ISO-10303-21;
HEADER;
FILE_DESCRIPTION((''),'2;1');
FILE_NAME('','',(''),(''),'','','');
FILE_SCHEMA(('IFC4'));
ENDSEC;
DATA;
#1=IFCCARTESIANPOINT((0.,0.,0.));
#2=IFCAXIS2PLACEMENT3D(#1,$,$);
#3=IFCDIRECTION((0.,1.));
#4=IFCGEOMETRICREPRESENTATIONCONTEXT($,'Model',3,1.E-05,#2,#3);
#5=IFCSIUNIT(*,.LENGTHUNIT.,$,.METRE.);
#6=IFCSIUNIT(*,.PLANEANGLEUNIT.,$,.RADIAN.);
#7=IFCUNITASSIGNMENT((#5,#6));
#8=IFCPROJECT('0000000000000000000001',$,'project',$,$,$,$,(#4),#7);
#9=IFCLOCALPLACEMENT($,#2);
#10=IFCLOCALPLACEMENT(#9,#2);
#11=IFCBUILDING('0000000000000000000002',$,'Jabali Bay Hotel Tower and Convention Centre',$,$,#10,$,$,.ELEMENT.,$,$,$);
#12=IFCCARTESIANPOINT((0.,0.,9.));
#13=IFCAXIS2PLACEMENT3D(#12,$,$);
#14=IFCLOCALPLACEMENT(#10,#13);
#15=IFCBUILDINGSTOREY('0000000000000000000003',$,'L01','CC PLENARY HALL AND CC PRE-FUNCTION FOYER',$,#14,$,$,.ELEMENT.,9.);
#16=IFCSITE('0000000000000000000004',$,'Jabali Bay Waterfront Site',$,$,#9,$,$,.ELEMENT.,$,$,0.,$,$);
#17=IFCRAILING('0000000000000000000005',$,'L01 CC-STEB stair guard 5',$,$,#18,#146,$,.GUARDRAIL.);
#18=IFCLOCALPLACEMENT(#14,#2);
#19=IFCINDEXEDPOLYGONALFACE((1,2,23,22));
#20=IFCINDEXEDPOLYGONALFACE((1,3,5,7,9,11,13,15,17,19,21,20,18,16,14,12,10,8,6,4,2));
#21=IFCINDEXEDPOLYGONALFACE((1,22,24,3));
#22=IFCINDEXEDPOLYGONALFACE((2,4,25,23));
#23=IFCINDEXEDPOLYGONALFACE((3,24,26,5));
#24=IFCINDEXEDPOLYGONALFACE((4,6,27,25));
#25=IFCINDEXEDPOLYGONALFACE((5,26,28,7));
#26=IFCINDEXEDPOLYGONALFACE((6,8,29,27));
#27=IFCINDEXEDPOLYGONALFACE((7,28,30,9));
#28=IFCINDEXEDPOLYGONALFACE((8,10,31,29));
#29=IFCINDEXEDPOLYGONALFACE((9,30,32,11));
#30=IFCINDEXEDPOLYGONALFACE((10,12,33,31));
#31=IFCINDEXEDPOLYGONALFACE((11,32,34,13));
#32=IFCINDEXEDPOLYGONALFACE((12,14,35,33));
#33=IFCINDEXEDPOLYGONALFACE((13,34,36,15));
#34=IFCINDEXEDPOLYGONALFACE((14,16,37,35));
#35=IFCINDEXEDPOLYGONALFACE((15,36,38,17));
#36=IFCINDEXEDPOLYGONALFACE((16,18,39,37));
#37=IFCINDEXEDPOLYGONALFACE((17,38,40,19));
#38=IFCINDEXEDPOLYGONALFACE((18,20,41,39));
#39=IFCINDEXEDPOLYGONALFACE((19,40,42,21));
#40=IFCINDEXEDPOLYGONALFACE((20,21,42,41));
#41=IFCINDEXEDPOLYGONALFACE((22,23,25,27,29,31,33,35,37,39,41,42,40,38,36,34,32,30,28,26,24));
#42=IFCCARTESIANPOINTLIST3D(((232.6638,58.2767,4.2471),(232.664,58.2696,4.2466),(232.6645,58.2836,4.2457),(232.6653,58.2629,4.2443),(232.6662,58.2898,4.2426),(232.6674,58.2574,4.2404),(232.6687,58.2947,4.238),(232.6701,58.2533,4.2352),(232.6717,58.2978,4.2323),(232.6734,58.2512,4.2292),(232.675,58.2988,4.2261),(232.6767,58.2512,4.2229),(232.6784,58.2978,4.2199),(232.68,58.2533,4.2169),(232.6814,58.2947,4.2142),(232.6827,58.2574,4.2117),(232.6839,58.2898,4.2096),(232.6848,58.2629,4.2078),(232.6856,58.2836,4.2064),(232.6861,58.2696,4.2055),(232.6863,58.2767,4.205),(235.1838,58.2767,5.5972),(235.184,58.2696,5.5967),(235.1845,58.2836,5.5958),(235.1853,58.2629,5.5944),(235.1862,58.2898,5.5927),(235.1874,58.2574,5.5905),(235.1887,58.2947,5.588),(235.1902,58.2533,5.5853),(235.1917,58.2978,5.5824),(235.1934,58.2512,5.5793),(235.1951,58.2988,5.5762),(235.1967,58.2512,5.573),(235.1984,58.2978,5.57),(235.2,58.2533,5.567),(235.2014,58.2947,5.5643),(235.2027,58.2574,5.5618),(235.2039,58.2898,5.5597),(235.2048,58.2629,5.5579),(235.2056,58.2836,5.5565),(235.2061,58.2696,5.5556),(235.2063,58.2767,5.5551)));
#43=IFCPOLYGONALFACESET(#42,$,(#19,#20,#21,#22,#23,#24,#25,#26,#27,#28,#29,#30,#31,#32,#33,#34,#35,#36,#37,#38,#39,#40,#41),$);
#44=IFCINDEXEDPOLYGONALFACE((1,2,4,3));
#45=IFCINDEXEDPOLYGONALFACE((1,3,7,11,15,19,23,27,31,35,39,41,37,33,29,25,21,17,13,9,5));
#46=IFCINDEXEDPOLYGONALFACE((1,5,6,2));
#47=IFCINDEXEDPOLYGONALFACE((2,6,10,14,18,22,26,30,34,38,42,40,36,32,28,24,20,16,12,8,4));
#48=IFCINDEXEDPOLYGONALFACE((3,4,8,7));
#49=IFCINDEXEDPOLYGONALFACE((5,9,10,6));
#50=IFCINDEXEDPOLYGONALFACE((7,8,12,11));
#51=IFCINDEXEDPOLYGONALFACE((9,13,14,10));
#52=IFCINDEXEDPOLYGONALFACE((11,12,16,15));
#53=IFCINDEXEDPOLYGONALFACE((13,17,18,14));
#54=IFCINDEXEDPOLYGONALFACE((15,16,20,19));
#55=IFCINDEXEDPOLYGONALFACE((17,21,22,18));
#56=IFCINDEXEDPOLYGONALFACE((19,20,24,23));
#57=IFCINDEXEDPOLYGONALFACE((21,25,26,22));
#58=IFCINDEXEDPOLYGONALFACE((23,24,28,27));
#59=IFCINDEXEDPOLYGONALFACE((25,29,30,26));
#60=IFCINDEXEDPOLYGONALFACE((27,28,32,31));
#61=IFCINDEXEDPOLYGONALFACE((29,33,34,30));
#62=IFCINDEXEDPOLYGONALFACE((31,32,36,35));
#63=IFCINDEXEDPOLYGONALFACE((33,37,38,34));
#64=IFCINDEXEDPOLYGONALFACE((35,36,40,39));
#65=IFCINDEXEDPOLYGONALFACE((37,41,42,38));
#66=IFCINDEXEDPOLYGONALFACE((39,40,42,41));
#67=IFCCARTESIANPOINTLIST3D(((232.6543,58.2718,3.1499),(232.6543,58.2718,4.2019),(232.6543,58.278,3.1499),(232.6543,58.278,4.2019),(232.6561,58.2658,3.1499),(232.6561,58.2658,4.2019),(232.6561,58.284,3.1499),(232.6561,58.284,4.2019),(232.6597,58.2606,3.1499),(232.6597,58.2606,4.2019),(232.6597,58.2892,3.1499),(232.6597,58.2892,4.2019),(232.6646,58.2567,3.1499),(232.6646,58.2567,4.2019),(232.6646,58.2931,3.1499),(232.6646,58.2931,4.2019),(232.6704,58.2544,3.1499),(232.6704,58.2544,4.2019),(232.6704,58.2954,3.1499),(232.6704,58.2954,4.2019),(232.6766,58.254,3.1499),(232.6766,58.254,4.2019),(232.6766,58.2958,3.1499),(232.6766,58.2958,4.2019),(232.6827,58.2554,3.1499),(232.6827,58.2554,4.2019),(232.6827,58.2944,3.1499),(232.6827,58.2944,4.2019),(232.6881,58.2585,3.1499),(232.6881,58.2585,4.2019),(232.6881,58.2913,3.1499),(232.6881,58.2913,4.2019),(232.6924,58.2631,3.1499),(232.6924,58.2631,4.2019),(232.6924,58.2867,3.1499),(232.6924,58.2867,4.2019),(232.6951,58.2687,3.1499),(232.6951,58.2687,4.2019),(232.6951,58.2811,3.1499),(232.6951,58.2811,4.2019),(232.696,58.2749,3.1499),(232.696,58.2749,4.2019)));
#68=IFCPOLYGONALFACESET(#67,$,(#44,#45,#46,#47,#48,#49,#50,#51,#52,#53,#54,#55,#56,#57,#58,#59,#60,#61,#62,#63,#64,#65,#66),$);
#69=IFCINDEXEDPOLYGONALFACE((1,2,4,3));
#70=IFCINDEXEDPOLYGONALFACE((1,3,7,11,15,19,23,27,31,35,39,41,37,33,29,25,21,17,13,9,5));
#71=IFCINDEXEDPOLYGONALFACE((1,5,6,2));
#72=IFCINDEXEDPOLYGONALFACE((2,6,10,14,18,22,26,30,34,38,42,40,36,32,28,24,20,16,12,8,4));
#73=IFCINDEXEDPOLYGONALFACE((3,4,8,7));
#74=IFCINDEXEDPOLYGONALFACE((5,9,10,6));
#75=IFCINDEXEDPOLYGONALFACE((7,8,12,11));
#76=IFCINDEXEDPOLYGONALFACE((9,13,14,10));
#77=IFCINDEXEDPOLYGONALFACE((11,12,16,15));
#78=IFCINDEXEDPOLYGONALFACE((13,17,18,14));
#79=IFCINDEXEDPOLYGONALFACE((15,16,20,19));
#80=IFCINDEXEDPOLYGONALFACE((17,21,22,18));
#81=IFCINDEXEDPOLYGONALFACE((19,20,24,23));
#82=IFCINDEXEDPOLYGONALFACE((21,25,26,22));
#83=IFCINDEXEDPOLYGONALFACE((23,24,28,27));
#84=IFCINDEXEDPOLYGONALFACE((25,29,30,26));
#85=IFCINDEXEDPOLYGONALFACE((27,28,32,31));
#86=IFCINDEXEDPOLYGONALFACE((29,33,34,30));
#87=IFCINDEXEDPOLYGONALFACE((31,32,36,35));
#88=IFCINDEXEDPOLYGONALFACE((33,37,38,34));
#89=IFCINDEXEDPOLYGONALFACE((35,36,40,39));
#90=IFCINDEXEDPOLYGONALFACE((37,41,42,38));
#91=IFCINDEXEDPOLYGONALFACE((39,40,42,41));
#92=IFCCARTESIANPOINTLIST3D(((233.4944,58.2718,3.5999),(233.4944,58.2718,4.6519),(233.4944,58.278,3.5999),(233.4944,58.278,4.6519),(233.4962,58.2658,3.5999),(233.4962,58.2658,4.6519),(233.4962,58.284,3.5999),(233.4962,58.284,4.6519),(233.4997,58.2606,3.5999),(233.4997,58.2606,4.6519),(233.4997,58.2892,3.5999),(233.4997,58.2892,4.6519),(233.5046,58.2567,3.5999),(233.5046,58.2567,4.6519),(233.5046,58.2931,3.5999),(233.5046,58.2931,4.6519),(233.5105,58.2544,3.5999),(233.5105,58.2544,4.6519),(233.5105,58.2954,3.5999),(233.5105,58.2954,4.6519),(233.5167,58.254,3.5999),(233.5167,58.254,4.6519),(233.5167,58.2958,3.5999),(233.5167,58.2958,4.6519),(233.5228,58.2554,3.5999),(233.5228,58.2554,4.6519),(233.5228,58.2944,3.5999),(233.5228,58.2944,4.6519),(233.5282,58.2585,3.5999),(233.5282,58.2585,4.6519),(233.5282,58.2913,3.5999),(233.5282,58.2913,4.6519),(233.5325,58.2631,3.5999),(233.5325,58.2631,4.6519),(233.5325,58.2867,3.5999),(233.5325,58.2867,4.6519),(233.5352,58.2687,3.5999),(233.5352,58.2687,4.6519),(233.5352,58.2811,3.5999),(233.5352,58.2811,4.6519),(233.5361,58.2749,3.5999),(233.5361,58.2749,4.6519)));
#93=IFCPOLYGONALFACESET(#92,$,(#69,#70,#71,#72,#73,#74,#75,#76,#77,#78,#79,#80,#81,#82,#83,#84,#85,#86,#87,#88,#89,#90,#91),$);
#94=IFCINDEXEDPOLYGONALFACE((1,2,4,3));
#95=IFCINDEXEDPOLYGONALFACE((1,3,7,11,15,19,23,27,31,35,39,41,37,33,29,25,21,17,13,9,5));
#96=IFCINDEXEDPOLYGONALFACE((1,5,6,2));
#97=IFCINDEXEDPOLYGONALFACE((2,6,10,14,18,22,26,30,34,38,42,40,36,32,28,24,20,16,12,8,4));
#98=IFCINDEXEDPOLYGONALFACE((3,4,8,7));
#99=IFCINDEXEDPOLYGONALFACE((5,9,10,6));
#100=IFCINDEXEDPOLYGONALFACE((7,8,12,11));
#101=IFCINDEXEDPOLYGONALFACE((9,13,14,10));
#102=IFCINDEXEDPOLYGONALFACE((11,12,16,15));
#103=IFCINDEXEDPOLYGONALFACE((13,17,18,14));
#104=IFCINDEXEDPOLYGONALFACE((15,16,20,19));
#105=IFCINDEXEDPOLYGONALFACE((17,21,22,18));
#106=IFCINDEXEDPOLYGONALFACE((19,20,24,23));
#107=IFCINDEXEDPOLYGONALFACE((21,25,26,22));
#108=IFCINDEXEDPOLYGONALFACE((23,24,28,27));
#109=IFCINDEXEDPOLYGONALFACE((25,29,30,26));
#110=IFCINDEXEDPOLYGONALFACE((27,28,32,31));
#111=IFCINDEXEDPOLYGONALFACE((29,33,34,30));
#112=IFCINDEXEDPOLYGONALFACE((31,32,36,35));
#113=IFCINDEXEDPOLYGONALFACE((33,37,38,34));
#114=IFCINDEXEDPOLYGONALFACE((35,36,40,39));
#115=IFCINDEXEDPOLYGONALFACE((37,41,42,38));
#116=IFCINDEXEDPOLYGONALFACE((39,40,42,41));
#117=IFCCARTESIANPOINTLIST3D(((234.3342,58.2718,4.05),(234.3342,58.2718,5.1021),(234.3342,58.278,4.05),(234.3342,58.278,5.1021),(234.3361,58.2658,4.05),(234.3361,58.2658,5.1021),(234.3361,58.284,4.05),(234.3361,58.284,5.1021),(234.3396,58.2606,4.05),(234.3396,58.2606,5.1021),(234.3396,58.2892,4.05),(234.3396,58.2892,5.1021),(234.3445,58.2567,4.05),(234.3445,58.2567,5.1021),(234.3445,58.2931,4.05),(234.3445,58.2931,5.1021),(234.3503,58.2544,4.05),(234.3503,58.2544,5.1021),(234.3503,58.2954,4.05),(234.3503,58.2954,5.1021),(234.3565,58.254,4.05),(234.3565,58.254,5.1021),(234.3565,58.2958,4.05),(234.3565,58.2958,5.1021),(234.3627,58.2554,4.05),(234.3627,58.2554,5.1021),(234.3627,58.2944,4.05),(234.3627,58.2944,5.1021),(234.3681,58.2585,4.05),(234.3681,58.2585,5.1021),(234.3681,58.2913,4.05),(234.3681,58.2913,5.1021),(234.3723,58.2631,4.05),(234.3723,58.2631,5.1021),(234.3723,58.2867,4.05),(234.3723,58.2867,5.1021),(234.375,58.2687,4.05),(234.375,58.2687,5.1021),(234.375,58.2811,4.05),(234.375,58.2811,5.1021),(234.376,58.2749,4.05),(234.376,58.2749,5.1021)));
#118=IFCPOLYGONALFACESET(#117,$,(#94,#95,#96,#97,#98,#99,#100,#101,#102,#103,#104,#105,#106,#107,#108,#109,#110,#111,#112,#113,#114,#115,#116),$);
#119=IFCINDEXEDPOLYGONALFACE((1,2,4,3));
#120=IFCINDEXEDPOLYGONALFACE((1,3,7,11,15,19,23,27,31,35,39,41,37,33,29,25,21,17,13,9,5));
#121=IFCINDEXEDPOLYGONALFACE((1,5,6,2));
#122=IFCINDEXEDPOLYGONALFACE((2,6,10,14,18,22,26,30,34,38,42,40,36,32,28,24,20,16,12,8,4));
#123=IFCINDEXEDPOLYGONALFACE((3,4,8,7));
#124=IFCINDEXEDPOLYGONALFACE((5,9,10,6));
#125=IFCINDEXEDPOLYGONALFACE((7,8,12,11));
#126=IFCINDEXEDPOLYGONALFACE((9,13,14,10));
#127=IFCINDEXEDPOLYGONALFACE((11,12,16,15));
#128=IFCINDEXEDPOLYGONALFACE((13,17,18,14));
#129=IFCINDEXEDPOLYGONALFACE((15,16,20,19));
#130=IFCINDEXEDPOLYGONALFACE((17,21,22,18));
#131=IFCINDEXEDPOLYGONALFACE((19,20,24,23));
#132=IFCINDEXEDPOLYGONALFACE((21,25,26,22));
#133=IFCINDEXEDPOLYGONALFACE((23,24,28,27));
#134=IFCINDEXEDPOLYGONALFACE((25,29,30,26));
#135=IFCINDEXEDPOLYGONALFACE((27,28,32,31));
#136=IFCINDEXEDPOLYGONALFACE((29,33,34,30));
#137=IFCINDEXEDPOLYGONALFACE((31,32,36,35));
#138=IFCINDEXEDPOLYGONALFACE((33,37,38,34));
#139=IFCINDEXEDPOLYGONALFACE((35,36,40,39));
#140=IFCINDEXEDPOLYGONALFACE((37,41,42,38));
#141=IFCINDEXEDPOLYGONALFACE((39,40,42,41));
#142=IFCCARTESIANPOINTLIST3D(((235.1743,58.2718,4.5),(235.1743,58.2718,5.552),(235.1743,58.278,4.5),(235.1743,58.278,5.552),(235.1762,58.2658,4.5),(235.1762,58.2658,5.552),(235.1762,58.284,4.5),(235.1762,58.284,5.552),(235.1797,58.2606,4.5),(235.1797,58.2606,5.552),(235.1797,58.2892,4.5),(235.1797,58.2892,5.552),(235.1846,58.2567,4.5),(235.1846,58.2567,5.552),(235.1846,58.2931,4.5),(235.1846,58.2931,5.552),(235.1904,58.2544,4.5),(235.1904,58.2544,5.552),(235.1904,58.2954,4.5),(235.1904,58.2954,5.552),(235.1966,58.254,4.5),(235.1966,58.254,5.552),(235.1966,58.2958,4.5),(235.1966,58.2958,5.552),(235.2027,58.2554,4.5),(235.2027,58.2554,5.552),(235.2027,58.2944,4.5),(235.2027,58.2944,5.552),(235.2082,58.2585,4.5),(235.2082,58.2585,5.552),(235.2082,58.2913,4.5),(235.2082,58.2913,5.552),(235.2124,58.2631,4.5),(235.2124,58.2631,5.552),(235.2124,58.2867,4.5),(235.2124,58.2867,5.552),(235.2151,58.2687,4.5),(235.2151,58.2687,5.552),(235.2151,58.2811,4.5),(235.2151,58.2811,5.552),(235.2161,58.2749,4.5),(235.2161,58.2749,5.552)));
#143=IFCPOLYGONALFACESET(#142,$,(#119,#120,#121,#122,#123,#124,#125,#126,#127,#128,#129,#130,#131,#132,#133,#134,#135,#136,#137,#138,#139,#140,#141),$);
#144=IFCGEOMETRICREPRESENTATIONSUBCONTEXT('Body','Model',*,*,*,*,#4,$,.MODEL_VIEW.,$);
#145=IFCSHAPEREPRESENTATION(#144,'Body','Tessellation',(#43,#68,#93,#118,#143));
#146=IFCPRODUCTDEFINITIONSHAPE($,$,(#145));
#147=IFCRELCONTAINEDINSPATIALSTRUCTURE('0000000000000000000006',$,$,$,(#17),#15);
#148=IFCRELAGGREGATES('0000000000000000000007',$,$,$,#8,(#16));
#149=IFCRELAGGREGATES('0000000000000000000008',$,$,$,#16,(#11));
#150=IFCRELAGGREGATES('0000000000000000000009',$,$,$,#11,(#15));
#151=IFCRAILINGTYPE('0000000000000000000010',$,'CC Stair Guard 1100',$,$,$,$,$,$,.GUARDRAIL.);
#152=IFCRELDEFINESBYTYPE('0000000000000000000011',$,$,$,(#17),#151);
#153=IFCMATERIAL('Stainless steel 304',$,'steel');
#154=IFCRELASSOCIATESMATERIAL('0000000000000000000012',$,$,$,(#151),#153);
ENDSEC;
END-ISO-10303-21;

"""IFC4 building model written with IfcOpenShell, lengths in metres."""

from ifc_helpers import new_model, si_unit, direction, frame, origin, origin_2d, place, context, subcontext, project, spatial, circle, extrude, material, type_object, element, save


model = new_model("IFC4")

# Units and contexts
model_context = context("Model", 3, precision=1e-05, world=origin(), true_north=direction((0.0, 1.0)))
body_context = subcontext(model_context, "Body", "Model", "MODEL_VIEW")
ifc_project = project(units=[si_unit("LENGTHUNIT", "METRE"), si_unit("PLANEANGLEUNIT", "RADIAN")], contexts=[model_context])

# Site, building, storey
site_placement = place(None, origin())
site = spatial("IfcSite", under=ifc_project, at=site_placement, Name="Jabali Bay Waterfront Site", CompositionType="ELEMENT", RefElevation=0.0)
building_placement = place(site_placement, origin())
building = spatial("IfcBuilding", under=site, at=building_placement, Name="Jabali Bay Hotel Tower and Convention Centre", CompositionType="ELEMENT")
storey_placement = place(building_placement, frame((0.0, 0.0, 9.0)))
storey = spatial("IfcBuildingStorey", under=building, at=storey_placement, Name="L01", Description="CC PLENARY HALL AND CC PRE-FUNCTION FOYER", CompositionType="ELEMENT", Elevation=9.0)

# Railing
ifc_material_1 = material(Name="Stainless steel 304", Category="steel")
railing_type_1 = type_object("IfcRailingType", Name="CC Stair Guard 1100", PredefinedType="GUARDRAIL", material=ifc_material_1)
railing_1_placement = place(storey_placement, frame((232.675, 58.2749, 3.1499)))
element("IfcRailing", 1, at=railing_1_placement, inside=storey, type_object=railing_type_1, Name="L01 CC-STEB stair guard 5", PredefinedType="GUARDRAIL", context=body_context, shape_type="SweptSolid", body=[
    extrude(circle(Radius=0.0239, at=origin_2d()), frame((0.0, 0.0, 1.0762), z_axis=(0.881467, 0.0, 0.472245), x_axis=(0.0, 1.0, 0.0)), (0.0, 0.0, 1.0), 2.8589),
    extrude(circle(Radius=0.021, at=origin_2d()), origin(), (0.0, 0.0, 1.0), 1.052),
    extrude(circle(Radius=0.021, at=origin_2d()), frame((0.8401, 0.0, 0.45)), (0.0, 0.0, 1.0), 1.052),
    extrude(circle(Radius=0.021, at=origin_2d()), frame((1.6799, 0.0, 0.9001)), (0.0, 0.0, 1.0), 1.052),
    extrude(circle(Radius=0.021, at=origin_2d()), frame((2.52, 0.0, 1.3501)), (0.0, 0.0, 1.0), 1.052),
])

save(model, "model.ifc")
